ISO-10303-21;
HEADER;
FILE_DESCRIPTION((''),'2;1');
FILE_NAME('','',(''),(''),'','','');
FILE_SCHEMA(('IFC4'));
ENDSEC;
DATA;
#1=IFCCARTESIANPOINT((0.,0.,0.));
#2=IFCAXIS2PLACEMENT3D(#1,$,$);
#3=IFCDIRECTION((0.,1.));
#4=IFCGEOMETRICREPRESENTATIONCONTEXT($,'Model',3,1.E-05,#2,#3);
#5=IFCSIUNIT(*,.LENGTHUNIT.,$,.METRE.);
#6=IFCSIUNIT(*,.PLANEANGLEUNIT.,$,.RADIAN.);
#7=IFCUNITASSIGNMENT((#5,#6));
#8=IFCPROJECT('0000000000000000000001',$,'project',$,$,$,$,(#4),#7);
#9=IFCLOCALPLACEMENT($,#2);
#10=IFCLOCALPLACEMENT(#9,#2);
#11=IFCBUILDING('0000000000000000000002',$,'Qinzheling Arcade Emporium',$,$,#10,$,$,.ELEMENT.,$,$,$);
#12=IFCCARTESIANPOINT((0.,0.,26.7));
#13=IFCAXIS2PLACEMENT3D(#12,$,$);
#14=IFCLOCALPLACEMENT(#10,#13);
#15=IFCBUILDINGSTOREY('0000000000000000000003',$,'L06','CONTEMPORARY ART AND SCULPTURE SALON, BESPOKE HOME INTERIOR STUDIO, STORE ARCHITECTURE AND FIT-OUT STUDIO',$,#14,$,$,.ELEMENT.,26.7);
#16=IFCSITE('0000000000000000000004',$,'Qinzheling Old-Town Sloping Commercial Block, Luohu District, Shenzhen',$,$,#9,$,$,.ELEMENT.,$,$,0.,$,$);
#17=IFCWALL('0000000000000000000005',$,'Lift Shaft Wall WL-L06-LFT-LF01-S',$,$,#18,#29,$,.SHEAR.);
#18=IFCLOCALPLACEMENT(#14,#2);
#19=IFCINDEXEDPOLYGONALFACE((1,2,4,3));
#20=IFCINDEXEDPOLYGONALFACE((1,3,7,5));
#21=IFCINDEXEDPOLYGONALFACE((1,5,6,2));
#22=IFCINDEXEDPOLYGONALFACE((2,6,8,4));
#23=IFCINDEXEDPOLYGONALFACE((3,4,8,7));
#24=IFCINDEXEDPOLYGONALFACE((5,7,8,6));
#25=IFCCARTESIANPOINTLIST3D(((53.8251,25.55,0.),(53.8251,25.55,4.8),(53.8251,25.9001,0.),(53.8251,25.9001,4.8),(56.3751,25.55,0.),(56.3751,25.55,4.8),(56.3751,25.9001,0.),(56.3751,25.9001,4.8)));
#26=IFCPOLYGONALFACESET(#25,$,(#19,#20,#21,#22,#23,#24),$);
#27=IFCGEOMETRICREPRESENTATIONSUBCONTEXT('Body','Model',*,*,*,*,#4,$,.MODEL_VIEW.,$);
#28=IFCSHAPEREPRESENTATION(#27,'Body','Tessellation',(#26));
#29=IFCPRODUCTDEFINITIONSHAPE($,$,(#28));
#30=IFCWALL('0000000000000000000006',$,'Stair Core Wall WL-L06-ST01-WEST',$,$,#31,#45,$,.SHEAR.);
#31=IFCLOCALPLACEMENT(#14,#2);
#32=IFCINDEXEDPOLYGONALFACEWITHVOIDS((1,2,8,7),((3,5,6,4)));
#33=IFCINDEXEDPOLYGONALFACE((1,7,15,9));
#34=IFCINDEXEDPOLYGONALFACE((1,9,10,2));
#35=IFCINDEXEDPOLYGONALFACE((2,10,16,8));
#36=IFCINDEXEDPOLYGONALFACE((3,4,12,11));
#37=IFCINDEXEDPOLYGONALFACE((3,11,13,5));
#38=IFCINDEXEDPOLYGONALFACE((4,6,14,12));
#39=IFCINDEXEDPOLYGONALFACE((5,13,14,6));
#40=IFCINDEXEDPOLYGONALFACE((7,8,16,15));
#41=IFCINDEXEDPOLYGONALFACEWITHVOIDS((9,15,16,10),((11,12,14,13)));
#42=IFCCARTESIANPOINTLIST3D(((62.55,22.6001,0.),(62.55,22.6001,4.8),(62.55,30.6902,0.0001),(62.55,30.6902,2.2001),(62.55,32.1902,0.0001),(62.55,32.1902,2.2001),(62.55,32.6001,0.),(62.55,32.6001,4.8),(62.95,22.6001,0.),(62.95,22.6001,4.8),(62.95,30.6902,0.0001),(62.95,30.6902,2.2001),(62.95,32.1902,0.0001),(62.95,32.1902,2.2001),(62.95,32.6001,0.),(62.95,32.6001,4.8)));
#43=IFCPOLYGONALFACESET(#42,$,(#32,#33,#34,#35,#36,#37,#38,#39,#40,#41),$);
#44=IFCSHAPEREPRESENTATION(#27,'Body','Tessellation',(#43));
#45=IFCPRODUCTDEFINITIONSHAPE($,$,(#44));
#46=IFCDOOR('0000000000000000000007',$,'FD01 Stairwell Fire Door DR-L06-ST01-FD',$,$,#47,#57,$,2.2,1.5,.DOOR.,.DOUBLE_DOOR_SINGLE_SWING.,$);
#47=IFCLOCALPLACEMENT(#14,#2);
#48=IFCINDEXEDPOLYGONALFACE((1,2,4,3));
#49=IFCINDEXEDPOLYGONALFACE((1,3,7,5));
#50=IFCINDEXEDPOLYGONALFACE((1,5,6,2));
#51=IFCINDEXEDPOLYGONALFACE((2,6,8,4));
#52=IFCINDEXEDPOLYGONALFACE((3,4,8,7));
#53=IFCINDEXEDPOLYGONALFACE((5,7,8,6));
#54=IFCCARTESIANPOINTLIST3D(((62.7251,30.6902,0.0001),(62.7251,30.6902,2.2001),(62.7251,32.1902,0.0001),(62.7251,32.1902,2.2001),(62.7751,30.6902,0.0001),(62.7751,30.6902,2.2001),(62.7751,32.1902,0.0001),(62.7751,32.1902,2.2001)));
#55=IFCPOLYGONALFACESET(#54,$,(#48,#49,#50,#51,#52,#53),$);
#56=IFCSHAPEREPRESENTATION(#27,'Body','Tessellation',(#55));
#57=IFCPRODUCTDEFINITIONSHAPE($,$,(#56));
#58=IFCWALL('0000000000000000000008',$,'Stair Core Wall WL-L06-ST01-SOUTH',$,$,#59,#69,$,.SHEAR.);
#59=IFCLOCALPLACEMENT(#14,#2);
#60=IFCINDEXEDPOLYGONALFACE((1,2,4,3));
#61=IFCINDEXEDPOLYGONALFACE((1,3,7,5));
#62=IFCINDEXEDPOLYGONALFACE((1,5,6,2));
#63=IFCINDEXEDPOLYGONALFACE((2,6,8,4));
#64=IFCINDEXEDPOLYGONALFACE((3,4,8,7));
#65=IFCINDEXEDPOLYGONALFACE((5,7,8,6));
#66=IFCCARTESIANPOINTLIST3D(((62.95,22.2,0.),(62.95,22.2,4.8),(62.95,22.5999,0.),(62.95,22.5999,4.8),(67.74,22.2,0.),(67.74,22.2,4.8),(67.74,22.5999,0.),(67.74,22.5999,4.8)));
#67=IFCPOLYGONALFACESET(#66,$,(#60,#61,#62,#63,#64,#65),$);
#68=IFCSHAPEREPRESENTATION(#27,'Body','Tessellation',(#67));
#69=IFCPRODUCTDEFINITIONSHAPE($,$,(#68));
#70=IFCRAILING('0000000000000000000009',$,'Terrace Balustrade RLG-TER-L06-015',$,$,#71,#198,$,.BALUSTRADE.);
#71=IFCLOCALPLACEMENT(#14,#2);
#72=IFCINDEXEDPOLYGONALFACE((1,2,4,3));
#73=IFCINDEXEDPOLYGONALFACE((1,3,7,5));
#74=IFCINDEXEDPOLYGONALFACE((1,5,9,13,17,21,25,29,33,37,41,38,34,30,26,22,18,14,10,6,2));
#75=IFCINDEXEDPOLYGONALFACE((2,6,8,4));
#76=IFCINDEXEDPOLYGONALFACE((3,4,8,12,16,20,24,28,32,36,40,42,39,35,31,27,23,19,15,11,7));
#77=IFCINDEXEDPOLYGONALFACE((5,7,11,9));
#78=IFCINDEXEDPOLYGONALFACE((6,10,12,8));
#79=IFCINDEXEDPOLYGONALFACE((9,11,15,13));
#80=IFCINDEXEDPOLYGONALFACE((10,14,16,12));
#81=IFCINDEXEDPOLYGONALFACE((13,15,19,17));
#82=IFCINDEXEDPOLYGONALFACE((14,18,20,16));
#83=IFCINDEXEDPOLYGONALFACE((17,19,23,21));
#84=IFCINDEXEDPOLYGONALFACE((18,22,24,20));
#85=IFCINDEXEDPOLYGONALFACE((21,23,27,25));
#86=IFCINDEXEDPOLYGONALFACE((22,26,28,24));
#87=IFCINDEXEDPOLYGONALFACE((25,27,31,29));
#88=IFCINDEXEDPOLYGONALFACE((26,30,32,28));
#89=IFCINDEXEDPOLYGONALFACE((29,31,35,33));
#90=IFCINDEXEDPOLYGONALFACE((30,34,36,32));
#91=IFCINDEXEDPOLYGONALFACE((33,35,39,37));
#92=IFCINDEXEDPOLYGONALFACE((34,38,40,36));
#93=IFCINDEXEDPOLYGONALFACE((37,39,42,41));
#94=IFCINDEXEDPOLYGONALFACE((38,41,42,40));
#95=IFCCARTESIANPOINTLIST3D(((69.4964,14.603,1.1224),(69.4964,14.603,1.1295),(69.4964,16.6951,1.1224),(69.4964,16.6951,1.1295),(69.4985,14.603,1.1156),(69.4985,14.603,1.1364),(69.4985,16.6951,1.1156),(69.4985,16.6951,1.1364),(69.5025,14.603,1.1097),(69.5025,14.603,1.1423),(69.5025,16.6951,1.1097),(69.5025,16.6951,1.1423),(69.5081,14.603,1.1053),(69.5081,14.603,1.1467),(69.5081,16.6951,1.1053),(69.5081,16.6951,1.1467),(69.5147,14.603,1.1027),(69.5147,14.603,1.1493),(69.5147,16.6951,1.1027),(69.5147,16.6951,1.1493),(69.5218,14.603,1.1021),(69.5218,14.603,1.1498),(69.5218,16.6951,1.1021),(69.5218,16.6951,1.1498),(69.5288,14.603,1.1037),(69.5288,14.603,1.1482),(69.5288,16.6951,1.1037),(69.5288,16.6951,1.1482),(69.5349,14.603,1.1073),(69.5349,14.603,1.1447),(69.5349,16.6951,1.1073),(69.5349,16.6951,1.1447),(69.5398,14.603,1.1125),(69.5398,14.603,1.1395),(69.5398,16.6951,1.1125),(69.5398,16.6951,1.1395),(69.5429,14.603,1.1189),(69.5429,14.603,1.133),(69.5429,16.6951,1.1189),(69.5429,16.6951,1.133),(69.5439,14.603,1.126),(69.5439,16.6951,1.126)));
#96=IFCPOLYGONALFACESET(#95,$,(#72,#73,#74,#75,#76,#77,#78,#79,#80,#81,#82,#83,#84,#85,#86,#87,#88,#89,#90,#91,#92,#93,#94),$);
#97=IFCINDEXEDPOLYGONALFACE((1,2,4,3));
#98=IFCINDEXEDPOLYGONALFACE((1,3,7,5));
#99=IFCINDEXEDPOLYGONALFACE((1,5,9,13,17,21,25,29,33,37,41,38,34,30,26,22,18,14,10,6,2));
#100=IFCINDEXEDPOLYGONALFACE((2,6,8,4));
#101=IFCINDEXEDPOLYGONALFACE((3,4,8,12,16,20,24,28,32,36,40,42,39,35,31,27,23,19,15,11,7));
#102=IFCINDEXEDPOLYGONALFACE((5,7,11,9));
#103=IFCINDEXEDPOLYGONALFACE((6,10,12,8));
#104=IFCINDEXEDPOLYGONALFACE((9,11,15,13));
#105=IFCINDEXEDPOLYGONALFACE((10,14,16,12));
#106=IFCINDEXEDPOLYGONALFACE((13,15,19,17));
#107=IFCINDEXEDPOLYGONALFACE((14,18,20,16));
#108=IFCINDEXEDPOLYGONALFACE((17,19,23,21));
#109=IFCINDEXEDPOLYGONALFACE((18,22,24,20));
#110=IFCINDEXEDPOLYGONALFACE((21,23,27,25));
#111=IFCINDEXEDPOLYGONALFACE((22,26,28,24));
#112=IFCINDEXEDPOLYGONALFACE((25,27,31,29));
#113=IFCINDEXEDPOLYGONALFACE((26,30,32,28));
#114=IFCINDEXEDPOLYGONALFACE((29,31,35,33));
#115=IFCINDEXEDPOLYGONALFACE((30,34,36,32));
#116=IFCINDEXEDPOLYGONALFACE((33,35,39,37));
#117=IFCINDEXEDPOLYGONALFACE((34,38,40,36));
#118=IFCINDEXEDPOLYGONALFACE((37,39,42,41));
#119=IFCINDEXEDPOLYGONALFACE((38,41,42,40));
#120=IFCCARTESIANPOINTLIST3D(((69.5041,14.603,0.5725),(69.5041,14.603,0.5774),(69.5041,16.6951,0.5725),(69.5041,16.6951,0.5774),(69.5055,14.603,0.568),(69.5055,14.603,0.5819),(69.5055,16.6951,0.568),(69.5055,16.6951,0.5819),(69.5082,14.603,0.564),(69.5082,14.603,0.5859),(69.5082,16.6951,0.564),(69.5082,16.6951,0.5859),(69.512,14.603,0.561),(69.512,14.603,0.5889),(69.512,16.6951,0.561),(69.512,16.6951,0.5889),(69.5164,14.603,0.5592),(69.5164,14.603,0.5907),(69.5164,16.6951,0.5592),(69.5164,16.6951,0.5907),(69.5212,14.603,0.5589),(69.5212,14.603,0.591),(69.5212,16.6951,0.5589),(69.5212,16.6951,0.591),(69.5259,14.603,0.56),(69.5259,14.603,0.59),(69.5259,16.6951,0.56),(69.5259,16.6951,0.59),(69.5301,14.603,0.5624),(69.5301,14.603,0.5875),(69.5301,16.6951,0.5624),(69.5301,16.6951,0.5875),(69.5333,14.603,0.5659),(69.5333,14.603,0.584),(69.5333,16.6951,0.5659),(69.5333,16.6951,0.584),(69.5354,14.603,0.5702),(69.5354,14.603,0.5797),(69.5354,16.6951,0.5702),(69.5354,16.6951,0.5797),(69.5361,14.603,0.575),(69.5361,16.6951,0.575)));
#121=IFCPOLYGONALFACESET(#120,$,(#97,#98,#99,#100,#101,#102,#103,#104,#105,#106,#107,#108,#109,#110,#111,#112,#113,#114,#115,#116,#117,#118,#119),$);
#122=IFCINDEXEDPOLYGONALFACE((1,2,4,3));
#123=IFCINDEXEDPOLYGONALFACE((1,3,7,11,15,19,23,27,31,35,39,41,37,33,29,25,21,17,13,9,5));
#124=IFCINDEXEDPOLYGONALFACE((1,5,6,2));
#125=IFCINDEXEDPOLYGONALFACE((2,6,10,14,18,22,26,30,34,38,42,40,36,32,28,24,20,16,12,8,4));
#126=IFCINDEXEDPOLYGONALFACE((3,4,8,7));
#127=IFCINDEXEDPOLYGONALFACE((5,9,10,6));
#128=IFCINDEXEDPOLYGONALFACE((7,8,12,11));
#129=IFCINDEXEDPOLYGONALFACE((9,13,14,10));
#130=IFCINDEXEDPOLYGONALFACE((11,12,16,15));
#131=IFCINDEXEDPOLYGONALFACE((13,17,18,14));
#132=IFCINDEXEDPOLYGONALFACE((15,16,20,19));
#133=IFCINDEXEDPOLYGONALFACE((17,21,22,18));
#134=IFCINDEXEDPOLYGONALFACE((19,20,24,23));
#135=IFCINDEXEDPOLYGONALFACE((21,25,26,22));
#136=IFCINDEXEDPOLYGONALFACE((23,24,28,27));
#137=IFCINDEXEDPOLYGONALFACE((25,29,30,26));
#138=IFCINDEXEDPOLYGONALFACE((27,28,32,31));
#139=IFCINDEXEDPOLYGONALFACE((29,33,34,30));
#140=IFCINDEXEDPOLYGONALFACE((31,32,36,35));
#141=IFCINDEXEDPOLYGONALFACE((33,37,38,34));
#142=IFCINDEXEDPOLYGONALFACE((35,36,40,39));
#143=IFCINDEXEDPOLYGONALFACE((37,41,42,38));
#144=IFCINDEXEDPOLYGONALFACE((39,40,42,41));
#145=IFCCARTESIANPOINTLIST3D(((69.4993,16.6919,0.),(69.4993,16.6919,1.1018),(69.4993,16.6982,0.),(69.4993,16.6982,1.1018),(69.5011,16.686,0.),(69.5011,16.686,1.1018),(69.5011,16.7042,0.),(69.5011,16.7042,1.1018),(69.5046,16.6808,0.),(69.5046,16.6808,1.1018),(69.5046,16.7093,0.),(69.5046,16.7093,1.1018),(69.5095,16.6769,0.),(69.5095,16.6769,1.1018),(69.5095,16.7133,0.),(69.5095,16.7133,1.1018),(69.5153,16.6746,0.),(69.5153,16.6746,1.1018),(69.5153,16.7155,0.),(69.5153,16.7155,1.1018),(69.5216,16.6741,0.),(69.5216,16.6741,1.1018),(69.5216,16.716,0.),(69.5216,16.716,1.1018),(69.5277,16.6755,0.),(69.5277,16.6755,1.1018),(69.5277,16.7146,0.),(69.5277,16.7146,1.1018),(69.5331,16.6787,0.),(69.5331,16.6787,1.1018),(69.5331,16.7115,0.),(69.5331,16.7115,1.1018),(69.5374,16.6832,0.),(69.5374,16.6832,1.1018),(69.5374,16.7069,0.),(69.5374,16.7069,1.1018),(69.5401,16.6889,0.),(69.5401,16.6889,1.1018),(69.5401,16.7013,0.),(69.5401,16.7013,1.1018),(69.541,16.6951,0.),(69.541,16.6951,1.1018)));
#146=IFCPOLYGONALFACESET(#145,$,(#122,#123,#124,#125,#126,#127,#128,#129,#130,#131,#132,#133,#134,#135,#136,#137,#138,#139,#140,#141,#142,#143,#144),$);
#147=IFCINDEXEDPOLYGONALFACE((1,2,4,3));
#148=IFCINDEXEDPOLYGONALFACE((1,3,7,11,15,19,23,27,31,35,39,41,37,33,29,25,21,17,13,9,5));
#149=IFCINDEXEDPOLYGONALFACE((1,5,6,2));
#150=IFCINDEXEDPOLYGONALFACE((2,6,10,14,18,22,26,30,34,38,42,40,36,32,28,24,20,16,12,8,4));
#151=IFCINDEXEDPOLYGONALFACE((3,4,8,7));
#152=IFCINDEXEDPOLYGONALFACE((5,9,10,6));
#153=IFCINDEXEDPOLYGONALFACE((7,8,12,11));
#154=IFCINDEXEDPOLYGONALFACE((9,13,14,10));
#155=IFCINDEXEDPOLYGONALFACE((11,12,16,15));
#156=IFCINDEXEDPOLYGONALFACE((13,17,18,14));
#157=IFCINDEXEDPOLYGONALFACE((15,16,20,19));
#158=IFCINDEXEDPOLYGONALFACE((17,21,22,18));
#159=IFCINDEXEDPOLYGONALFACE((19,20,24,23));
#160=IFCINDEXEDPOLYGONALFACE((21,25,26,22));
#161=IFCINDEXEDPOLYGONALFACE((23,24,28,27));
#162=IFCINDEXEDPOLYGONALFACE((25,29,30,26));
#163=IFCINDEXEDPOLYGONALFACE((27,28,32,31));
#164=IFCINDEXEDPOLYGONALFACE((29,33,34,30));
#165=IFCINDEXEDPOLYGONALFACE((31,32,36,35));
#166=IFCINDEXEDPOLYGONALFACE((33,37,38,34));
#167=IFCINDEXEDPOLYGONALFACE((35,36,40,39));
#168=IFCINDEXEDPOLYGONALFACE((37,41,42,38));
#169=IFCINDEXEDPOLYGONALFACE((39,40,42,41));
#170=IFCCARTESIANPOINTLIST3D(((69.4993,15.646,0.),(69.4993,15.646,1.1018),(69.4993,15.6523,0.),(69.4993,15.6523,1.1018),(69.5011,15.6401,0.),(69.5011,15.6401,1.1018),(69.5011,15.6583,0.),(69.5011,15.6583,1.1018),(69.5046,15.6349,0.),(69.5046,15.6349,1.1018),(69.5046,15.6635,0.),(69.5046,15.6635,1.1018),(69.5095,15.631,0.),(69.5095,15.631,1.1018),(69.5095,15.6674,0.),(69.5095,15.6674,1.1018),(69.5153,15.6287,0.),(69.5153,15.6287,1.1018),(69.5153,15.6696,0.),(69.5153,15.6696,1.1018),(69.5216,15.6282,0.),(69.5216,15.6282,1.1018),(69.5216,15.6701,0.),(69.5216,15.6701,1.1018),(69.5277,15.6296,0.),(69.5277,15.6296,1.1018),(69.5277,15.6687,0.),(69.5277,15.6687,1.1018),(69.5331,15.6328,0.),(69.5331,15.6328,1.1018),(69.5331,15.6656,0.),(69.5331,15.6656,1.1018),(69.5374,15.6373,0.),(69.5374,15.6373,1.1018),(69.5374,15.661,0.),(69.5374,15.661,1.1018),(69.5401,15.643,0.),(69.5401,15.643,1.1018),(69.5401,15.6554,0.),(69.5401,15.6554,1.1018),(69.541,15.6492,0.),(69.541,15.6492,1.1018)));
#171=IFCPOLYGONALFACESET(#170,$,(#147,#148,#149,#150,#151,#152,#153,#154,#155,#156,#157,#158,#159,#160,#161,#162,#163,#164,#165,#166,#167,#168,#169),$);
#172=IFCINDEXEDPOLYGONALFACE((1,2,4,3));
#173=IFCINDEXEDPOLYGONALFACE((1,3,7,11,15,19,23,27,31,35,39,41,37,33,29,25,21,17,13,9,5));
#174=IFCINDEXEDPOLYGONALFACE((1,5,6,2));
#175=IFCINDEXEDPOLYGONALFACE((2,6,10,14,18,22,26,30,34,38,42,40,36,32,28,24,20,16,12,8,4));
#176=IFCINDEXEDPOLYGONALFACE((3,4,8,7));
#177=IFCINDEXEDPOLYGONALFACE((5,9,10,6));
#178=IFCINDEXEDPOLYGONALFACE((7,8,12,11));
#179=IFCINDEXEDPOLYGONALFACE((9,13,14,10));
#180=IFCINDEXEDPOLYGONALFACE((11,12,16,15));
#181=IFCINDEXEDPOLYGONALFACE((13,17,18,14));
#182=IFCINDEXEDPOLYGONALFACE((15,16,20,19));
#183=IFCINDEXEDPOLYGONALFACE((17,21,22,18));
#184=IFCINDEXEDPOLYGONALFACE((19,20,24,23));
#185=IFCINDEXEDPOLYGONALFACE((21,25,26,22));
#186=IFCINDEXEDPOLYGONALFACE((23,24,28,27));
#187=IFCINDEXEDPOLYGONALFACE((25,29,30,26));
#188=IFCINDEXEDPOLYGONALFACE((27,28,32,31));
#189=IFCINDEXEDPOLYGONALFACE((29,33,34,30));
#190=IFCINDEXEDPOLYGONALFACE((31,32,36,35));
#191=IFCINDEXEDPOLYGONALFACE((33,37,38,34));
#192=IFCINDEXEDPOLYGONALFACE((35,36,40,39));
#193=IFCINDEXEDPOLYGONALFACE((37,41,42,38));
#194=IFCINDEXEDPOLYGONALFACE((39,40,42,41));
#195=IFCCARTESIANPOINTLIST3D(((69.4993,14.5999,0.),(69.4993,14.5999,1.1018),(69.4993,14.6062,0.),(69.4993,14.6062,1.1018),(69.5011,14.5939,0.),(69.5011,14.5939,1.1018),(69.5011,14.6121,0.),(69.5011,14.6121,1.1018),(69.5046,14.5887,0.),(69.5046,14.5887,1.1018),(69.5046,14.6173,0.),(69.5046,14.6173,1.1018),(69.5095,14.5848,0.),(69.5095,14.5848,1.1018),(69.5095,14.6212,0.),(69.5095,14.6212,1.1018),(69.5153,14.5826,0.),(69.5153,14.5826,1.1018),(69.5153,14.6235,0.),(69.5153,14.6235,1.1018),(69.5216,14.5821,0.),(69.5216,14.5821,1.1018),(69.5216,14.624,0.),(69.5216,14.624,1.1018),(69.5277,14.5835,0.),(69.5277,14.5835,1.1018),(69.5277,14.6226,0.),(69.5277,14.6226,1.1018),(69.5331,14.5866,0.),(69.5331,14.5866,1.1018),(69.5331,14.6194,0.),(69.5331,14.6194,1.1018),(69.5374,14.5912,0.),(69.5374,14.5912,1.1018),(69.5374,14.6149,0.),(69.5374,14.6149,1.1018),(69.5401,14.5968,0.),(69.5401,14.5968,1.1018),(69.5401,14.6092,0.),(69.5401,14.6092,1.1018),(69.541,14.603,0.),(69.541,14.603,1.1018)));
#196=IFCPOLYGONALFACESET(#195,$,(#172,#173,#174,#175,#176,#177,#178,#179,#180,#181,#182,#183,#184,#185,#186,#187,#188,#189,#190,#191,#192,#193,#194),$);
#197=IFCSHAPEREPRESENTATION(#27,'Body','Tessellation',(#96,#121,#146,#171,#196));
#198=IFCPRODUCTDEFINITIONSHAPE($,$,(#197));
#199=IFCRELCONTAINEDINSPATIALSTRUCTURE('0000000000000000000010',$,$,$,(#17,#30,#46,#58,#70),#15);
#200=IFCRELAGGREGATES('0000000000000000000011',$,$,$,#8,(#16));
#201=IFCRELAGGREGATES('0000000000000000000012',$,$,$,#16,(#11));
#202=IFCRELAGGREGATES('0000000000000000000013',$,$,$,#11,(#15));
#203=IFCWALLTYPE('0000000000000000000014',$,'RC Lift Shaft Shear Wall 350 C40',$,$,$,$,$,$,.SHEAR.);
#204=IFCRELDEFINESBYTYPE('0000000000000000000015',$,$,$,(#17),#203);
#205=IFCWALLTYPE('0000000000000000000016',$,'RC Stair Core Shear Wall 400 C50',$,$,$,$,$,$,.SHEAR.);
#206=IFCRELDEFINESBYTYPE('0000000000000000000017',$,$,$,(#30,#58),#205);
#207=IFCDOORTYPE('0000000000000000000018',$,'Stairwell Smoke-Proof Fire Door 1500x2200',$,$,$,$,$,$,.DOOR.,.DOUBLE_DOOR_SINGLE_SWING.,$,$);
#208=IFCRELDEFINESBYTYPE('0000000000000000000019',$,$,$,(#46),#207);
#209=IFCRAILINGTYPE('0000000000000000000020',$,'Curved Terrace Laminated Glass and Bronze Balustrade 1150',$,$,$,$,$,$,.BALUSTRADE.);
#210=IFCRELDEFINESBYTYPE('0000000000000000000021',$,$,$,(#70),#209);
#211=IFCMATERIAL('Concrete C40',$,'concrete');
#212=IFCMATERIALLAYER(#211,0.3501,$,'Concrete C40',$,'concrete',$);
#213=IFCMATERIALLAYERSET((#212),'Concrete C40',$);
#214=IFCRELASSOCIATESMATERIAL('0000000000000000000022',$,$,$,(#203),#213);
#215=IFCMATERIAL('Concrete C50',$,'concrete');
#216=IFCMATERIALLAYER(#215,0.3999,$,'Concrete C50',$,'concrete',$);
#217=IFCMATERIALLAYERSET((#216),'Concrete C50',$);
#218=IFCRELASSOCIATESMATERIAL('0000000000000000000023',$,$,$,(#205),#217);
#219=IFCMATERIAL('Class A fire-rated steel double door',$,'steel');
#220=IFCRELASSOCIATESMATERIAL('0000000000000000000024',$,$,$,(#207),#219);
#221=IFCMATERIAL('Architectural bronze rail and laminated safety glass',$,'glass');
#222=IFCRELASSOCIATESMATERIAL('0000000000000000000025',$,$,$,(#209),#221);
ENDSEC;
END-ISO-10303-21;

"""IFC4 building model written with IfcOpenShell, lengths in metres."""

from ifc_helpers import new_model, si_unit, direction, frame, frame_2d, origin, origin_2d, place, context, subcontext, project, spatial, rectangle, circle, extrude, material, layer, layer_set, type_object, element, fill, save


model = new_model("IFC4")

# Units and contexts
model_context = context("Model", 3, precision=1e-05, world=origin(), true_north=direction((0.0, 1.0)))
body_context = subcontext(model_context, "Body", "Model", "MODEL_VIEW")
ifc_project = project(units=[si_unit("LENGTHUNIT", "METRE"), si_unit("PLANEANGLEUNIT", "RADIAN")], contexts=[model_context])

# Site, building, storey
site_placement = place(None, origin())
site = spatial("IfcSite", under=ifc_project, at=site_placement, Name="Qinzheling Old-Town Sloping Commercial Block, Luohu District, Shenzhen", CompositionType="ELEMENT", RefElevation=0.0)
building_placement = place(site_placement, origin())
building = spatial("IfcBuilding", under=site, at=building_placement, Name="Qinzheling Arcade Emporium", CompositionType="ELEMENT")
storey_placement = place(building_placement, frame((0.0, 0.0, 26.7)))
storey = spatial("IfcBuildingStorey", under=building, at=storey_placement, Name="L06", Description="CONTEMPORARY ART AND SCULPTURE SALON, BESPOKE HOME INTERIOR STUDIO, STORE ARCHITECTURE AND FIT-OUT STUDIO", CompositionType="ELEMENT", Elevation=26.7)

# Shared definitions
ifc_material_1 = material(Name="Concrete C40", Category="concrete")

# Wall
ifc_layer_1 = layer(ifc_material_1, 0.3501, Name="Concrete C40", Category="concrete")
ifc_layer_set_1 = layer_set([ifc_layer_1], Name="Concrete C40")
wall_type_1 = type_object("IfcWallType", Name="RC Lift Shaft Shear Wall 350 C40", PredefinedType="SHEAR", material=ifc_layer_set_1)
wall_1_placement = place(storey_placement, frame((56.375, 25.7251, 0.0), z_axis=(0.0, 0.0, 1.0), x_axis=(-1.0, 0.0, 0.0)))
element("IfcWall", 1, at=wall_1_placement, inside=storey, type_object=wall_type_1, Name="Lift Shaft Wall WL-L06-LFT-LF01-S", PredefinedType="SHEAR", context=body_context, shape_type="SweptSolid", body=[
    extrude(rectangle(XDim=2.55, YDim=0.3501, at=frame_2d((1.2749, 0.0))), origin(), (0.0, 0.0, 1.0), 4.8),
])

# Wall, opening, door
ifc_material_2 = material(Name="Concrete C50", Category="concrete")
ifc_layer_2 = layer(ifc_material_2, 0.3999, Name="Concrete C50", Category="concrete")
ifc_layer_set_2 = layer_set([ifc_layer_2], Name="Concrete C50")
wall_type_2 = type_object("IfcWallType", Name="RC Stair Core Shear Wall 400 C50", PredefinedType="SHEAR", material=ifc_layer_set_2)
wall_2_placement = place(storey_placement, frame((62.75, 22.6001, 0.0), z_axis=(0.0, 0.0, 1.0), x_axis=(0.0, 1.0, 0.0)))
wall_2 = element("IfcWall", 2, at=wall_2_placement, inside=storey, type_object=wall_type_2, Name="Stair Core Wall WL-L06-ST01-WEST", PredefinedType="SHEAR", context=body_context, shape_type="SweptSolid", body=[
    extrude(rectangle(XDim=10.0, YDim=0.3999, at=frame_2d((5.0, 0.0))), origin(), (0.0, 0.0, 1.0), 4.8),
])
opening_1_placement = place(wall_2_placement, frame((8.0901, 0.0, 0.0)))
opening_1 = element("IfcOpeningElement", 3, at=opening_1_placement, cuts=wall_2, PredefinedType="OPENING", context=body_context, shape_type="SweptSolid", body=[
    extrude(rectangle(XDim=1.5, YDim=2.2, at=frame_2d((0.75, 1.1001))), frame((0.0, 0.21, 0.0), z_axis=(0.0, -1.0, 0.0), x_axis=(1.0, 0.0, 0.0)), (0.0, 0.0, 1.0), 0.4199),
])
ifc_material_3 = material(Name="Class A fire-rated steel double door", Category="steel")
door_type_1 = type_object("IfcDoorType", Name="Stairwell Smoke-Proof Fire Door 1500x2200", OperationType="DOUBLE_DOOR_SINGLE_SWING", PredefinedType="DOOR", material=ifc_material_3)
door_1_placement = place(opening_1_placement, origin())
door_1 = element("IfcDoor", 4, at=door_1_placement, inside=storey, type_object=door_type_1, Name="FD01 Stairwell Fire Door DR-L06-ST01-FD", OperationType="DOUBLE_DOOR_SINGLE_SWING", OverallHeight=2.2, OverallWidth=1.5, PredefinedType="DOOR", context=body_context, shape_type="SweptSolid", body=[
    extrude(rectangle(XDim=1.5, YDim=2.2, at=frame_2d((0.75, 1.1001))), frame((0.0, 0.0249, 0.0), z_axis=(0.0, -1.0, 0.0), x_axis=(1.0, 0.0, 0.0)), (0.0, 0.0, 1.0), 0.05),
])
fill(opening_1, door_1)

# Wall
wall_3_placement = place(storey_placement, frame((67.74, 22.3999, 0.0), z_axis=(0.0, 0.0, 1.0), x_axis=(-1.0, 0.0, 0.0)))
element("IfcWall", 5, at=wall_3_placement, inside=storey, type_object=wall_type_2, Name="Stair Core Wall WL-L06-ST01-SOUTH", PredefinedType="SHEAR", context=body_context, shape_type="SweptSolid", body=[
    extrude(rectangle(XDim=4.79, YDim=0.3999, at=frame_2d((2.395, 0.0))), origin(), (0.0, 0.0, 1.0), 4.8),
])

# Railing
ifc_material_4 = material(Name="Architectural bronze rail and laminated safety glass", Category="glass")
railing_type_1 = type_object("IfcRailingType", Name="Curved Terrace Laminated Glass and Bronze Balustrade 1150", PredefinedType="BALUSTRADE", material=ifc_material_4)
railing_1_placement = place(storey_placement, frame((69.52, 16.6951, 0.0)))
element("IfcRailing", 6, at=railing_1_placement, inside=storey, type_object=railing_type_1, Name="Terrace Balustrade RLG-TER-L06-015", PredefinedType="BALUSTRADE", context=body_context, shape_type="SweptSolid", body=[
    extrude(circle(Radius=0.0239, at=origin_2d()), frame((0.0, 0.0, 1.126), z_axis=(0.0, -1.0, 0.0), x_axis=(1.0, 0.0, 0.0)), (0.0, 0.0, 1.0), 2.092),
    extrude(circle(Radius=0.0161, at=origin_2d()), frame((0.0, 0.0, 0.575), z_axis=(0.0, -1.0, 0.0), x_axis=(1.0, 0.0, 0.0)), (0.0, 0.0, 1.0), 2.092),
    extrude(circle(Radius=0.021, at=origin_2d()), origin(), (0.0, 0.0, 1.0), 1.1018),
    extrude(circle(Radius=0.021, at=origin_2d()), frame((0.0, -1.0459, 0.0)), (0.0, 0.0, 1.0), 1.1018),
    extrude(circle(Radius=0.021, at=origin_2d()), frame((0.0, -2.092, 0.0)), (0.0, 0.0, 1.0), 1.1018),
])

save(model, "model.ifc")
